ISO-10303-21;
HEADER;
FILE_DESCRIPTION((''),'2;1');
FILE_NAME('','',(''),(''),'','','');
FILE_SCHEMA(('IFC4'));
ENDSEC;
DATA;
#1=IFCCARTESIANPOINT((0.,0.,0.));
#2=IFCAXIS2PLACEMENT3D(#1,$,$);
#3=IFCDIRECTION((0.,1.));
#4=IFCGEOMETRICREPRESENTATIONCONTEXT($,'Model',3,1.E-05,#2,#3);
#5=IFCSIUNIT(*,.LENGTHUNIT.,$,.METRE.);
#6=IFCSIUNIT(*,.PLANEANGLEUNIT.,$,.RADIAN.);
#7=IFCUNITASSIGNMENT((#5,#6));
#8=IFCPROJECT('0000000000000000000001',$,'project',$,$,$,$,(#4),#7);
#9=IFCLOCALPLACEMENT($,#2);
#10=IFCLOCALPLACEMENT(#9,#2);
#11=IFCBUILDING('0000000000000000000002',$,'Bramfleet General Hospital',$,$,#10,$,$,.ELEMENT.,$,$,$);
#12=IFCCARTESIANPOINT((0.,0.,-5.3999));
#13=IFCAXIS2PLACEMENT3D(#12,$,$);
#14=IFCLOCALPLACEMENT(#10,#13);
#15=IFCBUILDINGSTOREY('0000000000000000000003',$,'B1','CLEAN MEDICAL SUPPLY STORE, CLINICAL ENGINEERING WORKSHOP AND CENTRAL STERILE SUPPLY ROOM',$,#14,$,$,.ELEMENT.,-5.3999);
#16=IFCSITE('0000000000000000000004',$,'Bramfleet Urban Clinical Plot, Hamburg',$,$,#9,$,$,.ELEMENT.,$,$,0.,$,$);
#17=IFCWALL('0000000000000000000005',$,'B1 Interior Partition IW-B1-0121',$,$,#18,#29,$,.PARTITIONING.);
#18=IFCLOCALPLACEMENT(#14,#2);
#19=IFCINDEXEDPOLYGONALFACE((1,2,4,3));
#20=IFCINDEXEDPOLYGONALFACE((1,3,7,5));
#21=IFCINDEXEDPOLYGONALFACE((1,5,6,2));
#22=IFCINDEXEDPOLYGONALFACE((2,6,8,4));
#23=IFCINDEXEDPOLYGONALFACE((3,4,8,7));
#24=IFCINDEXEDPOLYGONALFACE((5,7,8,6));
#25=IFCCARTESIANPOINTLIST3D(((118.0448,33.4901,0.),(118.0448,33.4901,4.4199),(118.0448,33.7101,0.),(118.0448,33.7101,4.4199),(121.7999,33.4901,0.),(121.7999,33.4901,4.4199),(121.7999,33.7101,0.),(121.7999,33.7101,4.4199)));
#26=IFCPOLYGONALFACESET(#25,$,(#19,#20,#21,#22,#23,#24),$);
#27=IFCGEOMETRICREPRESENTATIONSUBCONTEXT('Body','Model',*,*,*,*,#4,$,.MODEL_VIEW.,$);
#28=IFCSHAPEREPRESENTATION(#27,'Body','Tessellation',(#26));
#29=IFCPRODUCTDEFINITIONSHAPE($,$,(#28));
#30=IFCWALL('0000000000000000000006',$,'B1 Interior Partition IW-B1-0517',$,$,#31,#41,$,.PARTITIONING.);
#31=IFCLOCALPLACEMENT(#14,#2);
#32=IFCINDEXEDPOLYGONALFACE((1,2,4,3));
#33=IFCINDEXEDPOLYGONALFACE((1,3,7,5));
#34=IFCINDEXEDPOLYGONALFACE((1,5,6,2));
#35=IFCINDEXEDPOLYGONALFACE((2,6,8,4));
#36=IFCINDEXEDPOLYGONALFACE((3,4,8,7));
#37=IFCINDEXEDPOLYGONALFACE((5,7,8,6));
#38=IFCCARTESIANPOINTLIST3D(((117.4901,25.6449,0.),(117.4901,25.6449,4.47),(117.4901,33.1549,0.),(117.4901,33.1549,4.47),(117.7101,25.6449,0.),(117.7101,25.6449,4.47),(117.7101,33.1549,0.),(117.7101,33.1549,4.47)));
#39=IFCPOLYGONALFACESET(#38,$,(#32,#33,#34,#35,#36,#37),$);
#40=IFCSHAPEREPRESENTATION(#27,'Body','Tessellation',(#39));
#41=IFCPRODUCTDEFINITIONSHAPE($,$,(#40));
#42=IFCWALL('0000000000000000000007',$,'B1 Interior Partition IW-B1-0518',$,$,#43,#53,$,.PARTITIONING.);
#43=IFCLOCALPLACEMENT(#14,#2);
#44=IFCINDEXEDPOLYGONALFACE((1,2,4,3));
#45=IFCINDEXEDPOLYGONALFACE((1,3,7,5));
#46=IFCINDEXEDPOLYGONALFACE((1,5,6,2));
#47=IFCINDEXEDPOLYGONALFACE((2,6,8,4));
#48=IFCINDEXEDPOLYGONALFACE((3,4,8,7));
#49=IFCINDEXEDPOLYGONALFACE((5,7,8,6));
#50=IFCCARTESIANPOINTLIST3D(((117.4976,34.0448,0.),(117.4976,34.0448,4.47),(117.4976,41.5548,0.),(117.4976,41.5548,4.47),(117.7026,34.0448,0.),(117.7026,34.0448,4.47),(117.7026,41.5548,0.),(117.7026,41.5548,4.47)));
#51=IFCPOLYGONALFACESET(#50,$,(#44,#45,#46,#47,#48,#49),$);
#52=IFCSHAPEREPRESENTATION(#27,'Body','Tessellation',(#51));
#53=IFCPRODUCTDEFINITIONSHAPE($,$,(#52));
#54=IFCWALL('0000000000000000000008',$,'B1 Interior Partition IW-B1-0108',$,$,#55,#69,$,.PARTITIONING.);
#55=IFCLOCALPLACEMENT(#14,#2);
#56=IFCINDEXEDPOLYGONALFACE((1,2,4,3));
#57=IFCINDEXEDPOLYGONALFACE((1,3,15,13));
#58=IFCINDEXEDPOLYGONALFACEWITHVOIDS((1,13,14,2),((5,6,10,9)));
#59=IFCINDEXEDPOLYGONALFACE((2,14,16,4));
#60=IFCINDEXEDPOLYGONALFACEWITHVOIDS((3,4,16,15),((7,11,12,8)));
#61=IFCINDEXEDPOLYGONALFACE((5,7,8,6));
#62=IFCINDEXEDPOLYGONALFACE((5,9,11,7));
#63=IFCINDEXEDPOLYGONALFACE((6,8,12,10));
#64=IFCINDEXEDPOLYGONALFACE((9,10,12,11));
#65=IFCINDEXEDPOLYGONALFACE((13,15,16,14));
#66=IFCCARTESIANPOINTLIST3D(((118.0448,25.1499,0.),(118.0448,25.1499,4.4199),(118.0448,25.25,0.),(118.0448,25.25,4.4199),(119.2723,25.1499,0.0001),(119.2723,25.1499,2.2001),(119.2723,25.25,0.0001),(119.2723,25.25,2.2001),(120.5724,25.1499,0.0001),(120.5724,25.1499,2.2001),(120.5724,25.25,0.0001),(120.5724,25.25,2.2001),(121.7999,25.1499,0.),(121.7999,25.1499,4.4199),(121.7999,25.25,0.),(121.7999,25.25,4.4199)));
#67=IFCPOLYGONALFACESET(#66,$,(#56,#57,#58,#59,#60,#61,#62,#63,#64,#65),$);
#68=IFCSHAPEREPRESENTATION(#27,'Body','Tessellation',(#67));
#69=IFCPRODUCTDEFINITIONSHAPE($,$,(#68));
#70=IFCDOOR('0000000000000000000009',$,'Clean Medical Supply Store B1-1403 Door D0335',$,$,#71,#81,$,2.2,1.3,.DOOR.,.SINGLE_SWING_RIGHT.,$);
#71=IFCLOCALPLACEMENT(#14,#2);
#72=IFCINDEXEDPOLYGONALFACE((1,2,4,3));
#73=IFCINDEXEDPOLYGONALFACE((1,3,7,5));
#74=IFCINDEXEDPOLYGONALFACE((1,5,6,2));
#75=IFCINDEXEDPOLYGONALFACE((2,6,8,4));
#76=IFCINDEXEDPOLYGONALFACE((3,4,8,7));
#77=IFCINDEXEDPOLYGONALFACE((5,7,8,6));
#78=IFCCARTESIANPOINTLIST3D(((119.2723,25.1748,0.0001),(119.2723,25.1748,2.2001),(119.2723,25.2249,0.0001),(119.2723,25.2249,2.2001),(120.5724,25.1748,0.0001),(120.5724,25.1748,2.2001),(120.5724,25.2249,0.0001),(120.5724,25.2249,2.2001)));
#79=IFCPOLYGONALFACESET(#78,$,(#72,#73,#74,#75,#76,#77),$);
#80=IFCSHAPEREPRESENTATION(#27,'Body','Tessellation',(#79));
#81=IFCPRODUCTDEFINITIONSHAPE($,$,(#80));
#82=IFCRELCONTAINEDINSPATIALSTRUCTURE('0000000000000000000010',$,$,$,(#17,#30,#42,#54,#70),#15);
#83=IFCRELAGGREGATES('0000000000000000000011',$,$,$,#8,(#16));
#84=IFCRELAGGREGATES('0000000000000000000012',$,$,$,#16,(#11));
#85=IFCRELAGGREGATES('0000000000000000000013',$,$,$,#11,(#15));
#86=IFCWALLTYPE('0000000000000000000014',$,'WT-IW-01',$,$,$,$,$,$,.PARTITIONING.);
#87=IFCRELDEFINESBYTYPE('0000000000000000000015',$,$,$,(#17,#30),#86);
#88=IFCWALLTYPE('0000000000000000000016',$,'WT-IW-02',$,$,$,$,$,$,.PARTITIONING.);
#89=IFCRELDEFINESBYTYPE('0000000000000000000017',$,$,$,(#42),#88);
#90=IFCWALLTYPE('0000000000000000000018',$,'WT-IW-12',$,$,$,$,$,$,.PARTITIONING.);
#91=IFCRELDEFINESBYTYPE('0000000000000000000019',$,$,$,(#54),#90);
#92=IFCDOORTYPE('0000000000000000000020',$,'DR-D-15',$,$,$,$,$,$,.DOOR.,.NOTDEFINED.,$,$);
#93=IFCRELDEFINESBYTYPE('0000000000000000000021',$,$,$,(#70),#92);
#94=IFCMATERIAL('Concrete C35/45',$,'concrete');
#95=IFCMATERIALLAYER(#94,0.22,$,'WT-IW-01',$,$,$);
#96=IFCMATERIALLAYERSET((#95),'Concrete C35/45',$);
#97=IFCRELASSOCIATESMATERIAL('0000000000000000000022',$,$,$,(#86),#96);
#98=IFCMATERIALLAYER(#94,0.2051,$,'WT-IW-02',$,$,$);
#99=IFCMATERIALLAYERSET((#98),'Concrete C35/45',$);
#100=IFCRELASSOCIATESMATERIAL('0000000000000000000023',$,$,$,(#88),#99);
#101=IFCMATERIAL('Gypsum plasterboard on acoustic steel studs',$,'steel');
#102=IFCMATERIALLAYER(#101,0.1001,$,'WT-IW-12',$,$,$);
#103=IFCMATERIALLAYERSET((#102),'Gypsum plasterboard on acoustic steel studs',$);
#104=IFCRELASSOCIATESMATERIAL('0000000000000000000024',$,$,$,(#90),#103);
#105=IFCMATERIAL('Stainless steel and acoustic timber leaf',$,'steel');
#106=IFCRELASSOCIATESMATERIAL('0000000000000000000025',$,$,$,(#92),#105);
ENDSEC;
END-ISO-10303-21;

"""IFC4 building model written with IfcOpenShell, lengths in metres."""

from ifc_helpers import new_model, si_unit, direction, frame, frame_2d, origin, place, context, subcontext, project, spatial, rectangle, extrude, material, layer, layer_set, type_object, element, fill, save


model = new_model("IFC4")

# Units and contexts
model_context = context("Model", 3, precision=1e-05, world=origin(), true_north=direction((0.0, 1.0)))
body_context = subcontext(model_context, "Body", "Model", "MODEL_VIEW")
ifc_project = project(units=[si_unit("LENGTHUNIT", "METRE"), si_unit("PLANEANGLEUNIT", "RADIAN")], contexts=[model_context])

# Site, building, storey
site_placement = place(None, origin())
site = spatial("IfcSite", under=ifc_project, at=site_placement, Name="Bramfleet Urban Clinical Plot, Hamburg", CompositionType="ELEMENT", RefElevation=0.0)
building_placement = place(site_placement, origin())
building = spatial("IfcBuilding", under=site, at=building_placement, Name="Bramfleet General Hospital", CompositionType="ELEMENT")
storey_placement = place(building_placement, frame((0.0, 0.0, -5.3999)))
storey = spatial("IfcBuildingStorey", under=building, at=storey_placement, Name="B1", Description="CLEAN MEDICAL SUPPLY STORE, CLINICAL ENGINEERING WORKSHOP AND CENTRAL STERILE SUPPLY ROOM", CompositionType="ELEMENT", Elevation=-5.3999)

# Shared definitions
ifc_material_1 = material(Name="Concrete C35/45", Category="concrete")

# Walls
ifc_layer_1 = layer(ifc_material_1, 0.22, Name="WT-IW-01")
ifc_layer_set_1 = layer_set([ifc_layer_1], Name="Concrete C35/45")
wall_type_1 = type_object("IfcWallType", Name="WT-IW-01", PredefinedType="PARTITIONING", material=ifc_layer_set_1)
wall_1_placement = place(storey_placement, frame((118.0449, 33.6001, 0.0), z_axis=(0.0, 0.0, 1.0), x_axis=(1.0, 0.0, 0.0)))
element("IfcWall", 1, at=wall_1_placement, inside=storey, type_object=wall_type_1, Name="B1 Interior Partition IW-B1-0121", PredefinedType="PARTITIONING", context=body_context, shape_type="SweptSolid", body=[
    extrude(rectangle(XDim=3.7551, YDim=0.22, at=frame_2d((1.8774, 0.0))), origin(), (0.0, 0.0, 1.0), 4.4199),
])
wall_2_placement = place(storey_placement, frame((117.6001, 25.645, 0.0), z_axis=(0.0, 0.0, 1.0), x_axis=(0.0, 1.0, 0.0)))
element("IfcWall", 2, at=wall_2_placement, inside=storey, type_object=wall_type_1, Name="B1 Interior Partition IW-B1-0517", PredefinedType="PARTITIONING", context=body_context, shape_type="SweptSolid", body=[
    extrude(rectangle(XDim=7.51, YDim=0.22, at=frame_2d((3.7549, 0.0))), origin(), (0.0, 0.0, 1.0), 4.47),
])
ifc_layer_2 = layer(ifc_material_1, 0.2051, Name="WT-IW-02")
ifc_layer_set_2 = layer_set([ifc_layer_2], Name="Concrete C35/45")
wall_type_2 = type_object("IfcWallType", Name="WT-IW-02", PredefinedType="PARTITIONING", material=ifc_layer_set_2)
wall_3_placement = place(storey_placement, frame((117.6001, 34.0449, 0.0), z_axis=(0.0, 0.0, 1.0), x_axis=(0.0, 1.0, 0.0)))
element("IfcWall", 3, at=wall_3_placement, inside=storey, type_object=wall_type_2, Name="B1 Interior Partition IW-B1-0518", PredefinedType="PARTITIONING", context=body_context, shape_type="SweptSolid", body=[
    extrude(rectangle(XDim=7.51, YDim=0.2051, at=frame_2d((3.7549, 0.0))), origin(), (0.0, 0.0, 1.0), 4.47),
])

# Wall, opening, door
ifc_material_2 = material(Name="Gypsum plasterboard on acoustic steel studs", Category="steel")
ifc_layer_3 = layer(ifc_material_2, 0.1001, Name="WT-IW-12")
ifc_layer_set_3 = layer_set([ifc_layer_3], Name="Gypsum plasterboard on acoustic steel studs")
wall_type_3 = type_object("IfcWallType", Name="WT-IW-12", PredefinedType="PARTITIONING", material=ifc_layer_set_3)
wall_4_placement = place(storey_placement, frame((118.0449, 25.2, 0.0), z_axis=(0.0, 0.0, 1.0), x_axis=(1.0, 0.0, 0.0)))
wall_4 = element("IfcWall", 4, at=wall_4_placement, inside=storey, type_object=wall_type_3, Name="B1 Interior Partition IW-B1-0108", PredefinedType="PARTITIONING", context=body_context, shape_type="SweptSolid", body=[
    extrude(rectangle(XDim=3.7551, YDim=0.1001, at=frame_2d((1.8774, 0.0))), origin(), (0.0, 0.0, 1.0), 4.4199),
])
opening_placement = place(wall_4_placement, frame((1.2275, 0.0, 0.0)))
opening = element("IfcOpeningElement", 5, at=opening_placement, cuts=wall_4, PredefinedType="OPENING", context=body_context, shape_type="SweptSolid", body=[
    extrude(rectangle(XDim=1.3, YDim=2.2, at=frame_2d((0.6499, 1.1001))), frame((0.0, 0.0601, 0.0), z_axis=(0.0, -1.0, 0.0), x_axis=(1.0, 0.0, 0.0)), (0.0, 0.0, 1.0), 0.1201),
])
ifc_material_3 = material(Name="Stainless steel and acoustic timber leaf", Category="steel")
door_type = type_object("IfcDoorType", Name="DR-D-15", OperationType="NOTDEFINED", PredefinedType="DOOR", material=ifc_material_3)
door_placement = place(opening_placement, origin())
door = element("IfcDoor", 6, at=door_placement, inside=storey, type_object=door_type, Name="Clean Medical Supply Store B1-1403 Door D0335", OperationType="SINGLE_SWING_RIGHT", OverallHeight=2.2, OverallWidth=1.3, PredefinedType="DOOR", context=body_context, shape_type="SweptSolid", body=[
    extrude(rectangle(XDim=1.3, YDim=2.2, at=frame_2d((0.6499, 1.1001))), frame((0.0, 0.0249, 0.0), z_axis=(0.0, -1.0, 0.0), x_axis=(1.0, 0.0, 0.0)), (0.0, 0.0, 1.0), 0.05),
])
fill(opening, door)

save(model, "model.ifc")
